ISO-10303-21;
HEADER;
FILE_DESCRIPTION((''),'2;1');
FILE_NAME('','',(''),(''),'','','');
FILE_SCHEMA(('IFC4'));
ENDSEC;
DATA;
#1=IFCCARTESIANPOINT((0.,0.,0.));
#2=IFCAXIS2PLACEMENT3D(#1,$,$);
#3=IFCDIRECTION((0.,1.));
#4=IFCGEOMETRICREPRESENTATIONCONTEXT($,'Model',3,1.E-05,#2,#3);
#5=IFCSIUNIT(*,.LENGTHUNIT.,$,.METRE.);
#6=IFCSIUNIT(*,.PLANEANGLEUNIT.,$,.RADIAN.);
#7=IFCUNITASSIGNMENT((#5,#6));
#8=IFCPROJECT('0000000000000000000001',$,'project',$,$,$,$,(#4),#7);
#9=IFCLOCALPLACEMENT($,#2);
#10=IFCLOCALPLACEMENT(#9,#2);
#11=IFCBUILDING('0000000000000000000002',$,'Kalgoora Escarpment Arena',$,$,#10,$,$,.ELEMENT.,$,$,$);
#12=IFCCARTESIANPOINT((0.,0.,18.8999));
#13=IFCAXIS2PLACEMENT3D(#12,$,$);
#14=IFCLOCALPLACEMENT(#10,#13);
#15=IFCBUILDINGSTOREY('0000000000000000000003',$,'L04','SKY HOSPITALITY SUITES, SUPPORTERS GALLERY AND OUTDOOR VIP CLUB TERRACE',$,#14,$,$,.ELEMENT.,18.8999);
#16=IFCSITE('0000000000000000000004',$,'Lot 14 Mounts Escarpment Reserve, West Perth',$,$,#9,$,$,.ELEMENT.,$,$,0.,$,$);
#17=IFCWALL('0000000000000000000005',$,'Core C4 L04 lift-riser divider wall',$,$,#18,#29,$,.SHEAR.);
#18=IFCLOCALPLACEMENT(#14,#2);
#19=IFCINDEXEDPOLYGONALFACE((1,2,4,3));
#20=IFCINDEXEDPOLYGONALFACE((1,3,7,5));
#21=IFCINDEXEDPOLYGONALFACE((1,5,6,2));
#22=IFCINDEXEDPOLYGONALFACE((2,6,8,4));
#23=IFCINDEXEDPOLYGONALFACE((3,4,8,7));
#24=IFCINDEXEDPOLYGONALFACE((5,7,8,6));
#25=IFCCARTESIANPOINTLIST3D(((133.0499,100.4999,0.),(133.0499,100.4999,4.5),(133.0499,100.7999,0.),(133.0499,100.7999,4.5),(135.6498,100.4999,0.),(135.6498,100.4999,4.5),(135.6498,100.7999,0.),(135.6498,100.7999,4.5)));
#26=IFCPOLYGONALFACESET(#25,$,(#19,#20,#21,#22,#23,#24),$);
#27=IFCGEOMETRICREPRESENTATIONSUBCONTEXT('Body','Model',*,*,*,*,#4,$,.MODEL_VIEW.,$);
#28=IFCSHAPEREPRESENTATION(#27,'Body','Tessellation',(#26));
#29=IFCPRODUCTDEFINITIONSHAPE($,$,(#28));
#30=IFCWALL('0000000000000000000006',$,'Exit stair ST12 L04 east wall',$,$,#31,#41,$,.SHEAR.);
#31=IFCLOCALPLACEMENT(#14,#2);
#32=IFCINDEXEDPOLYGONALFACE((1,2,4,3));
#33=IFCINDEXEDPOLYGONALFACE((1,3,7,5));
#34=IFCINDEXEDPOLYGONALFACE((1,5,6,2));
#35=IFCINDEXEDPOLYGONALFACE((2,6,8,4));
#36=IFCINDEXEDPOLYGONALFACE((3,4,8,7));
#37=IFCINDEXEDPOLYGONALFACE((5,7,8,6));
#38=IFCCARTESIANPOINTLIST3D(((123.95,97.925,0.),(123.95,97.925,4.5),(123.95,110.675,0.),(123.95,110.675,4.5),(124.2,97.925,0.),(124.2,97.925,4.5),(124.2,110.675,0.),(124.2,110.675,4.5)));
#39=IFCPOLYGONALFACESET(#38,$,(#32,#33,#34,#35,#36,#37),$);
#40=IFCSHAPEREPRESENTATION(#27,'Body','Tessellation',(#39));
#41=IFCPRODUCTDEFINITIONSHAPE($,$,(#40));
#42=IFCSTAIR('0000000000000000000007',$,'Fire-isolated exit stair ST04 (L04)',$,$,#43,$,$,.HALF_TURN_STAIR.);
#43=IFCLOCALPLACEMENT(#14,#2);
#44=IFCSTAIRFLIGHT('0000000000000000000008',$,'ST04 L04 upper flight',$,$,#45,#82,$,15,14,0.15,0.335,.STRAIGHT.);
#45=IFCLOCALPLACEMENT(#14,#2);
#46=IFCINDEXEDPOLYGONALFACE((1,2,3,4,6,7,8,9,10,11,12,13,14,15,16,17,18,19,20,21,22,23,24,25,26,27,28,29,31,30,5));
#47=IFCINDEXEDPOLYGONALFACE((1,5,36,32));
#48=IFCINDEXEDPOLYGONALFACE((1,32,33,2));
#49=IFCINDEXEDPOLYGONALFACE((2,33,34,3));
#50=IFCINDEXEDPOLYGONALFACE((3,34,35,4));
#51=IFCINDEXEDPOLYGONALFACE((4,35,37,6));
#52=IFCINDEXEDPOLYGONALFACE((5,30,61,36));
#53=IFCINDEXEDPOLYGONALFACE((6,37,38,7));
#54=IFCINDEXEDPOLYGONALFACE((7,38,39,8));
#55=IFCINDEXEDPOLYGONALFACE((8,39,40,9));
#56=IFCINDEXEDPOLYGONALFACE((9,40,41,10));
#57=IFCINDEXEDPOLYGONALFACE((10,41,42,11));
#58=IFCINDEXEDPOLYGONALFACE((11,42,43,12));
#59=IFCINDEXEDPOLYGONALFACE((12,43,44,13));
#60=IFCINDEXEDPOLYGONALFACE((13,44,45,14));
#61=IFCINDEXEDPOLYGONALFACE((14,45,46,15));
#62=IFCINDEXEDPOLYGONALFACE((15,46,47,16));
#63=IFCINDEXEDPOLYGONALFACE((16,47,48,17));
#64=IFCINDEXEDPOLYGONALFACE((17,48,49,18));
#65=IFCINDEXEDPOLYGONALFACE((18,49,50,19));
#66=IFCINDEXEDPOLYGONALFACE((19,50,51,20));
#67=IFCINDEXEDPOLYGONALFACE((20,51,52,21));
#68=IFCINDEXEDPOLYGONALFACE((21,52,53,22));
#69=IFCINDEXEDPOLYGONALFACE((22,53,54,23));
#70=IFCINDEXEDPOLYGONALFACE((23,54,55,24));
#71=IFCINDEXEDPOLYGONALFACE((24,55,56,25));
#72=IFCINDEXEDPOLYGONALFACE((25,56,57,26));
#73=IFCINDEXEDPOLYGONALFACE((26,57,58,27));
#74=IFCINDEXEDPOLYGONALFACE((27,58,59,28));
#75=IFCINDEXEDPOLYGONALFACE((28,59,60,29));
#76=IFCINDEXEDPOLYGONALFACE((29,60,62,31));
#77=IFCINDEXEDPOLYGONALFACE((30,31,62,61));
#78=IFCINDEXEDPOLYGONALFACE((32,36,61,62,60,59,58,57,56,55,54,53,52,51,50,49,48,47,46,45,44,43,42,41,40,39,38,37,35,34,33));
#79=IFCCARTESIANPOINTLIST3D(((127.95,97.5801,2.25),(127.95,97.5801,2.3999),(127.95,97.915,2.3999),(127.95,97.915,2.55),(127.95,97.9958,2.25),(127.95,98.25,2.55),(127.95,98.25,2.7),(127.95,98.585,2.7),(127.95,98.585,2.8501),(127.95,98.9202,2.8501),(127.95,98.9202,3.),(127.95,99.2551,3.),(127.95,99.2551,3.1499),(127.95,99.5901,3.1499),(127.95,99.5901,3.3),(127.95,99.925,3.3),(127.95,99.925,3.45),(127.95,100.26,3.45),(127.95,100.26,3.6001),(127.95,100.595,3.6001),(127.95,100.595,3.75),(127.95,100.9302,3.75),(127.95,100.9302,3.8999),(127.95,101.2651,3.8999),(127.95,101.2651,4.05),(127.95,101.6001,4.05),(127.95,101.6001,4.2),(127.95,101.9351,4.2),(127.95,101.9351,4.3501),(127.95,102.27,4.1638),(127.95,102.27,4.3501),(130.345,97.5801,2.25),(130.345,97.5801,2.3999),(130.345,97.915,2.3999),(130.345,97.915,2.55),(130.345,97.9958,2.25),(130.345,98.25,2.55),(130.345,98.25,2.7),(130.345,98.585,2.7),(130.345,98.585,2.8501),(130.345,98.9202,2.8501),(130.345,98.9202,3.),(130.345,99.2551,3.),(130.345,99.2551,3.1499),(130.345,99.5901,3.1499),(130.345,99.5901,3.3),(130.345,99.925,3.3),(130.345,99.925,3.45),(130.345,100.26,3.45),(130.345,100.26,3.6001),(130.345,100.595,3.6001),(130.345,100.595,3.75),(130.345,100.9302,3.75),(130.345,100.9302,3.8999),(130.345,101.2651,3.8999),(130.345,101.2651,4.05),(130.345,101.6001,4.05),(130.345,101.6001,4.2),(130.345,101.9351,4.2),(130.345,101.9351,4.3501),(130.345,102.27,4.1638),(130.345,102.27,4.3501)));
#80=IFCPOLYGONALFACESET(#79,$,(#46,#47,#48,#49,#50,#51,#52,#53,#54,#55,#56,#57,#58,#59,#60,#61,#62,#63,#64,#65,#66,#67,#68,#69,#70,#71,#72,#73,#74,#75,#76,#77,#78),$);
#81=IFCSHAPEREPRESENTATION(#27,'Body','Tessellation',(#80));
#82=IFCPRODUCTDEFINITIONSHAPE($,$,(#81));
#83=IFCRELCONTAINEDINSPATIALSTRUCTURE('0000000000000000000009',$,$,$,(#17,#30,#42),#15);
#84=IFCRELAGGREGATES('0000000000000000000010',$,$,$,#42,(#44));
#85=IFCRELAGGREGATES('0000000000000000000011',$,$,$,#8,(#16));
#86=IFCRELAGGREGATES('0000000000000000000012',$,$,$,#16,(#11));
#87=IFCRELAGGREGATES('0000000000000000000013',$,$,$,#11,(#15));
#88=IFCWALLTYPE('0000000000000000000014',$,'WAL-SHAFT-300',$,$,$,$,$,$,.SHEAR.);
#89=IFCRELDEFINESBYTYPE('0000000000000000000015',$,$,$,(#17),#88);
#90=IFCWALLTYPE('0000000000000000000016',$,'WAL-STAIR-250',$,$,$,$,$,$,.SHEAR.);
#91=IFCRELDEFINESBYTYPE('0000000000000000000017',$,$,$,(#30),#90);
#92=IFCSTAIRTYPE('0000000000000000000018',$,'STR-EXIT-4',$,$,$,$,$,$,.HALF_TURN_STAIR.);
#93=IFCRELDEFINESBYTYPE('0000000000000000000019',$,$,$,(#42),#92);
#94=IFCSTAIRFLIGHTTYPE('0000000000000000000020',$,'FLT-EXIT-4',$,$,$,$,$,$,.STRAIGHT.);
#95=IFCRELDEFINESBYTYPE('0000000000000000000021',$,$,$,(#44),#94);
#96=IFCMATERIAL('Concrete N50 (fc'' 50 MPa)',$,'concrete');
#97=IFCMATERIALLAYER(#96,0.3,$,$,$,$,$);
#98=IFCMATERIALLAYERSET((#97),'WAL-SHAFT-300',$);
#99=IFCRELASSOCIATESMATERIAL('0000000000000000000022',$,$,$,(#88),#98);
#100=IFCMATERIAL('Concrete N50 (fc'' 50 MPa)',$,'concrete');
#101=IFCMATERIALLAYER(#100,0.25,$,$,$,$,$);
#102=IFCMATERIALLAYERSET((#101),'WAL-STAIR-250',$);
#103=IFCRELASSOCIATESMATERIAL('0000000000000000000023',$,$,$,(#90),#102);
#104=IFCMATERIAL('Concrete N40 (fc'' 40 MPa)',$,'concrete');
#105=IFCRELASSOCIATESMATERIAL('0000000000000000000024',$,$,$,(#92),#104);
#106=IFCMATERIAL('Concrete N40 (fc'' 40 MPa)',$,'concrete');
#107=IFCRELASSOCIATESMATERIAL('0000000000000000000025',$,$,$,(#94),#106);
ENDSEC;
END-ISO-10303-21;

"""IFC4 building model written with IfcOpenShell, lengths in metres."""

from ifc_helpers import new_model, si_unit, direction, frame, frame_2d, origin, place, context, subcontext, project, spatial, polyline, rectangle, outline, extrude, material, layer, layer_set, type_object, element, aggregate, save


model = new_model("IFC4")

# Units and contexts
model_context = context("Model", 3, precision=1e-05, world=origin(), true_north=direction((0.0, 1.0)))
body_context = subcontext(model_context, "Body", "Model", "MODEL_VIEW")
ifc_project = project(units=[si_unit("LENGTHUNIT", "METRE"), si_unit("PLANEANGLEUNIT", "RADIAN")], contexts=[model_context])

# Site, building, storey
site_placement = place(None, origin())
site = spatial("IfcSite", under=ifc_project, at=site_placement, Name="Lot 14 Mounts Escarpment Reserve, West Perth", CompositionType="ELEMENT", RefElevation=0.0)
building_placement = place(site_placement, origin())
building = spatial("IfcBuilding", under=site, at=building_placement, Name="Kalgoora Escarpment Arena", CompositionType="ELEMENT")
storey_placement = place(building_placement, frame((0.0, 0.0, 18.8999)))
storey = spatial("IfcBuildingStorey", under=building, at=storey_placement, Name="L04", Description="SKY HOSPITALITY SUITES, SUPPORTERS GALLERY AND OUTDOOR VIP CLUB TERRACE", CompositionType="ELEMENT", Elevation=18.8999)

# Walls
ifc_material_1 = material(Name="Concrete N50 (fc' 50 MPa)", Category="concrete")
ifc_layer_1 = layer(ifc_material_1, 0.3)
ifc_layer_set_1 = layer_set([ifc_layer_1], Name="WAL-SHAFT-300")
wall_type_1 = type_object("IfcWallType", Name="WAL-SHAFT-300", PredefinedType="SHEAR", material=ifc_layer_set_1)
wall_1_placement = place(storey_placement, frame((133.05, 100.6499, 0.0), z_axis=(0.0, 0.0, 1.0), x_axis=(1.0, 0.0, 0.0)))
element("IfcWall", 1, at=wall_1_placement, inside=storey, type_object=wall_type_1, Name="Core C4 L04 lift-riser divider wall", PredefinedType="SHEAR", context=body_context, shape_type="SweptSolid", body=[
    extrude(rectangle(XDim=2.5999, YDim=0.3, at=frame_2d((1.2998, 0.0))), origin(), (0.0, 0.0, 1.0), 4.5),
])
ifc_material_2 = material(Name="Concrete N50 (fc' 50 MPa)", Category="concrete")
ifc_layer_2 = layer(ifc_material_2, 0.25)
ifc_layer_set_2 = layer_set([ifc_layer_2], Name="WAL-STAIR-250")
wall_type_2 = type_object("IfcWallType", Name="WAL-STAIR-250", PredefinedType="SHEAR", material=ifc_layer_set_2)
wall_2_placement = place(storey_placement, frame((124.075, 97.925, 0.0), z_axis=(0.0, 0.0, 1.0), x_axis=(0.0, 1.0, 0.0)))
element("IfcWall", 2, at=wall_2_placement, inside=storey, type_object=wall_type_2, Name="Exit stair ST12 L04 east wall", PredefinedType="SHEAR", context=body_context, shape_type="SweptSolid", body=[
    extrude(rectangle(XDim=12.75, YDim=0.25, at=frame_2d((6.375, 0.0))), origin(), (0.0, 0.0, 1.0), 4.5),
])

# Stair, stair flight
ifc_material_3 = material(Name="Concrete N40 (fc' 40 MPa)", Category="concrete")
stair_type = type_object("IfcStairType", Name="STR-EXIT-4", PredefinedType="HALF_TURN_STAIR", material=ifc_material_3)
stair_placement = place(storey_placement, origin())
stair = element("IfcStair", 3, at=stair_placement, inside=storey, type_object=stair_type, Name="Fire-isolated exit stair ST04 (L04)", PredefinedType="HALF_TURN_STAIR")
ifc_material_4 = material(Name="Concrete N40 (fc' 40 MPa)", Category="concrete")
stair_flight_type = type_object("IfcStairFlightType", Name="FLT-EXIT-4", PredefinedType="STRAIGHT", material=ifc_material_4)
stair_flight_placement = place(storey_placement, frame((129.1475, 97.5801, 2.25), z_axis=(0.0, 0.0, 1.0), x_axis=(0.0, 1.0, 0.0)))
stair_flight = element("IfcStairFlight", 4, at=stair_flight_placement, type_object=stair_flight_type, Name="ST04 L04 upper flight", NumberOfRisers=15, NumberOfTreads=14, PredefinedType="STRAIGHT", RiserHeight=0.15, TreadLength=0.335, context=body_context, shape_type="SweptSolid", body=[
    extrude(outline(polyline([(0.0, 0.0), (0.0, 0.1499), (0.335, 0.1499), (0.335, 0.3), (0.6699, 0.3), (0.6699, 0.45), (1.0049, 0.45), (1.0049, 0.6001), (1.3401, 0.6001), (1.3401, 0.75), (1.675, 0.75), (1.675, 0.8999), (2.01, 0.8999), (2.01, 1.05), (2.345, 1.05), (2.345, 1.2), (2.6799, 1.2), (2.6799, 1.3501), (3.0149, 1.3501), (3.0149, 1.5), (3.3501, 1.5), (3.3501, 1.6499), (3.6851, 1.6499), (3.6851, 1.8), (4.02, 1.8), (4.02, 1.95), (4.355, 1.95), (4.355, 2.1001), (4.6899, 2.1001), (4.6899, 2.25), (4.6899, 1.9138), (0.4158, 0.0), (0.0, 0.0)])), frame((0.0, 1.1975, 0.0), z_axis=(0.0, -1.0, 0.0), x_axis=(1.0, 0.0, 0.0)), (0.0, 0.0, 1.0), 2.395),
])
aggregate(stair, [stair_flight])

save(model, "model.ifc")
